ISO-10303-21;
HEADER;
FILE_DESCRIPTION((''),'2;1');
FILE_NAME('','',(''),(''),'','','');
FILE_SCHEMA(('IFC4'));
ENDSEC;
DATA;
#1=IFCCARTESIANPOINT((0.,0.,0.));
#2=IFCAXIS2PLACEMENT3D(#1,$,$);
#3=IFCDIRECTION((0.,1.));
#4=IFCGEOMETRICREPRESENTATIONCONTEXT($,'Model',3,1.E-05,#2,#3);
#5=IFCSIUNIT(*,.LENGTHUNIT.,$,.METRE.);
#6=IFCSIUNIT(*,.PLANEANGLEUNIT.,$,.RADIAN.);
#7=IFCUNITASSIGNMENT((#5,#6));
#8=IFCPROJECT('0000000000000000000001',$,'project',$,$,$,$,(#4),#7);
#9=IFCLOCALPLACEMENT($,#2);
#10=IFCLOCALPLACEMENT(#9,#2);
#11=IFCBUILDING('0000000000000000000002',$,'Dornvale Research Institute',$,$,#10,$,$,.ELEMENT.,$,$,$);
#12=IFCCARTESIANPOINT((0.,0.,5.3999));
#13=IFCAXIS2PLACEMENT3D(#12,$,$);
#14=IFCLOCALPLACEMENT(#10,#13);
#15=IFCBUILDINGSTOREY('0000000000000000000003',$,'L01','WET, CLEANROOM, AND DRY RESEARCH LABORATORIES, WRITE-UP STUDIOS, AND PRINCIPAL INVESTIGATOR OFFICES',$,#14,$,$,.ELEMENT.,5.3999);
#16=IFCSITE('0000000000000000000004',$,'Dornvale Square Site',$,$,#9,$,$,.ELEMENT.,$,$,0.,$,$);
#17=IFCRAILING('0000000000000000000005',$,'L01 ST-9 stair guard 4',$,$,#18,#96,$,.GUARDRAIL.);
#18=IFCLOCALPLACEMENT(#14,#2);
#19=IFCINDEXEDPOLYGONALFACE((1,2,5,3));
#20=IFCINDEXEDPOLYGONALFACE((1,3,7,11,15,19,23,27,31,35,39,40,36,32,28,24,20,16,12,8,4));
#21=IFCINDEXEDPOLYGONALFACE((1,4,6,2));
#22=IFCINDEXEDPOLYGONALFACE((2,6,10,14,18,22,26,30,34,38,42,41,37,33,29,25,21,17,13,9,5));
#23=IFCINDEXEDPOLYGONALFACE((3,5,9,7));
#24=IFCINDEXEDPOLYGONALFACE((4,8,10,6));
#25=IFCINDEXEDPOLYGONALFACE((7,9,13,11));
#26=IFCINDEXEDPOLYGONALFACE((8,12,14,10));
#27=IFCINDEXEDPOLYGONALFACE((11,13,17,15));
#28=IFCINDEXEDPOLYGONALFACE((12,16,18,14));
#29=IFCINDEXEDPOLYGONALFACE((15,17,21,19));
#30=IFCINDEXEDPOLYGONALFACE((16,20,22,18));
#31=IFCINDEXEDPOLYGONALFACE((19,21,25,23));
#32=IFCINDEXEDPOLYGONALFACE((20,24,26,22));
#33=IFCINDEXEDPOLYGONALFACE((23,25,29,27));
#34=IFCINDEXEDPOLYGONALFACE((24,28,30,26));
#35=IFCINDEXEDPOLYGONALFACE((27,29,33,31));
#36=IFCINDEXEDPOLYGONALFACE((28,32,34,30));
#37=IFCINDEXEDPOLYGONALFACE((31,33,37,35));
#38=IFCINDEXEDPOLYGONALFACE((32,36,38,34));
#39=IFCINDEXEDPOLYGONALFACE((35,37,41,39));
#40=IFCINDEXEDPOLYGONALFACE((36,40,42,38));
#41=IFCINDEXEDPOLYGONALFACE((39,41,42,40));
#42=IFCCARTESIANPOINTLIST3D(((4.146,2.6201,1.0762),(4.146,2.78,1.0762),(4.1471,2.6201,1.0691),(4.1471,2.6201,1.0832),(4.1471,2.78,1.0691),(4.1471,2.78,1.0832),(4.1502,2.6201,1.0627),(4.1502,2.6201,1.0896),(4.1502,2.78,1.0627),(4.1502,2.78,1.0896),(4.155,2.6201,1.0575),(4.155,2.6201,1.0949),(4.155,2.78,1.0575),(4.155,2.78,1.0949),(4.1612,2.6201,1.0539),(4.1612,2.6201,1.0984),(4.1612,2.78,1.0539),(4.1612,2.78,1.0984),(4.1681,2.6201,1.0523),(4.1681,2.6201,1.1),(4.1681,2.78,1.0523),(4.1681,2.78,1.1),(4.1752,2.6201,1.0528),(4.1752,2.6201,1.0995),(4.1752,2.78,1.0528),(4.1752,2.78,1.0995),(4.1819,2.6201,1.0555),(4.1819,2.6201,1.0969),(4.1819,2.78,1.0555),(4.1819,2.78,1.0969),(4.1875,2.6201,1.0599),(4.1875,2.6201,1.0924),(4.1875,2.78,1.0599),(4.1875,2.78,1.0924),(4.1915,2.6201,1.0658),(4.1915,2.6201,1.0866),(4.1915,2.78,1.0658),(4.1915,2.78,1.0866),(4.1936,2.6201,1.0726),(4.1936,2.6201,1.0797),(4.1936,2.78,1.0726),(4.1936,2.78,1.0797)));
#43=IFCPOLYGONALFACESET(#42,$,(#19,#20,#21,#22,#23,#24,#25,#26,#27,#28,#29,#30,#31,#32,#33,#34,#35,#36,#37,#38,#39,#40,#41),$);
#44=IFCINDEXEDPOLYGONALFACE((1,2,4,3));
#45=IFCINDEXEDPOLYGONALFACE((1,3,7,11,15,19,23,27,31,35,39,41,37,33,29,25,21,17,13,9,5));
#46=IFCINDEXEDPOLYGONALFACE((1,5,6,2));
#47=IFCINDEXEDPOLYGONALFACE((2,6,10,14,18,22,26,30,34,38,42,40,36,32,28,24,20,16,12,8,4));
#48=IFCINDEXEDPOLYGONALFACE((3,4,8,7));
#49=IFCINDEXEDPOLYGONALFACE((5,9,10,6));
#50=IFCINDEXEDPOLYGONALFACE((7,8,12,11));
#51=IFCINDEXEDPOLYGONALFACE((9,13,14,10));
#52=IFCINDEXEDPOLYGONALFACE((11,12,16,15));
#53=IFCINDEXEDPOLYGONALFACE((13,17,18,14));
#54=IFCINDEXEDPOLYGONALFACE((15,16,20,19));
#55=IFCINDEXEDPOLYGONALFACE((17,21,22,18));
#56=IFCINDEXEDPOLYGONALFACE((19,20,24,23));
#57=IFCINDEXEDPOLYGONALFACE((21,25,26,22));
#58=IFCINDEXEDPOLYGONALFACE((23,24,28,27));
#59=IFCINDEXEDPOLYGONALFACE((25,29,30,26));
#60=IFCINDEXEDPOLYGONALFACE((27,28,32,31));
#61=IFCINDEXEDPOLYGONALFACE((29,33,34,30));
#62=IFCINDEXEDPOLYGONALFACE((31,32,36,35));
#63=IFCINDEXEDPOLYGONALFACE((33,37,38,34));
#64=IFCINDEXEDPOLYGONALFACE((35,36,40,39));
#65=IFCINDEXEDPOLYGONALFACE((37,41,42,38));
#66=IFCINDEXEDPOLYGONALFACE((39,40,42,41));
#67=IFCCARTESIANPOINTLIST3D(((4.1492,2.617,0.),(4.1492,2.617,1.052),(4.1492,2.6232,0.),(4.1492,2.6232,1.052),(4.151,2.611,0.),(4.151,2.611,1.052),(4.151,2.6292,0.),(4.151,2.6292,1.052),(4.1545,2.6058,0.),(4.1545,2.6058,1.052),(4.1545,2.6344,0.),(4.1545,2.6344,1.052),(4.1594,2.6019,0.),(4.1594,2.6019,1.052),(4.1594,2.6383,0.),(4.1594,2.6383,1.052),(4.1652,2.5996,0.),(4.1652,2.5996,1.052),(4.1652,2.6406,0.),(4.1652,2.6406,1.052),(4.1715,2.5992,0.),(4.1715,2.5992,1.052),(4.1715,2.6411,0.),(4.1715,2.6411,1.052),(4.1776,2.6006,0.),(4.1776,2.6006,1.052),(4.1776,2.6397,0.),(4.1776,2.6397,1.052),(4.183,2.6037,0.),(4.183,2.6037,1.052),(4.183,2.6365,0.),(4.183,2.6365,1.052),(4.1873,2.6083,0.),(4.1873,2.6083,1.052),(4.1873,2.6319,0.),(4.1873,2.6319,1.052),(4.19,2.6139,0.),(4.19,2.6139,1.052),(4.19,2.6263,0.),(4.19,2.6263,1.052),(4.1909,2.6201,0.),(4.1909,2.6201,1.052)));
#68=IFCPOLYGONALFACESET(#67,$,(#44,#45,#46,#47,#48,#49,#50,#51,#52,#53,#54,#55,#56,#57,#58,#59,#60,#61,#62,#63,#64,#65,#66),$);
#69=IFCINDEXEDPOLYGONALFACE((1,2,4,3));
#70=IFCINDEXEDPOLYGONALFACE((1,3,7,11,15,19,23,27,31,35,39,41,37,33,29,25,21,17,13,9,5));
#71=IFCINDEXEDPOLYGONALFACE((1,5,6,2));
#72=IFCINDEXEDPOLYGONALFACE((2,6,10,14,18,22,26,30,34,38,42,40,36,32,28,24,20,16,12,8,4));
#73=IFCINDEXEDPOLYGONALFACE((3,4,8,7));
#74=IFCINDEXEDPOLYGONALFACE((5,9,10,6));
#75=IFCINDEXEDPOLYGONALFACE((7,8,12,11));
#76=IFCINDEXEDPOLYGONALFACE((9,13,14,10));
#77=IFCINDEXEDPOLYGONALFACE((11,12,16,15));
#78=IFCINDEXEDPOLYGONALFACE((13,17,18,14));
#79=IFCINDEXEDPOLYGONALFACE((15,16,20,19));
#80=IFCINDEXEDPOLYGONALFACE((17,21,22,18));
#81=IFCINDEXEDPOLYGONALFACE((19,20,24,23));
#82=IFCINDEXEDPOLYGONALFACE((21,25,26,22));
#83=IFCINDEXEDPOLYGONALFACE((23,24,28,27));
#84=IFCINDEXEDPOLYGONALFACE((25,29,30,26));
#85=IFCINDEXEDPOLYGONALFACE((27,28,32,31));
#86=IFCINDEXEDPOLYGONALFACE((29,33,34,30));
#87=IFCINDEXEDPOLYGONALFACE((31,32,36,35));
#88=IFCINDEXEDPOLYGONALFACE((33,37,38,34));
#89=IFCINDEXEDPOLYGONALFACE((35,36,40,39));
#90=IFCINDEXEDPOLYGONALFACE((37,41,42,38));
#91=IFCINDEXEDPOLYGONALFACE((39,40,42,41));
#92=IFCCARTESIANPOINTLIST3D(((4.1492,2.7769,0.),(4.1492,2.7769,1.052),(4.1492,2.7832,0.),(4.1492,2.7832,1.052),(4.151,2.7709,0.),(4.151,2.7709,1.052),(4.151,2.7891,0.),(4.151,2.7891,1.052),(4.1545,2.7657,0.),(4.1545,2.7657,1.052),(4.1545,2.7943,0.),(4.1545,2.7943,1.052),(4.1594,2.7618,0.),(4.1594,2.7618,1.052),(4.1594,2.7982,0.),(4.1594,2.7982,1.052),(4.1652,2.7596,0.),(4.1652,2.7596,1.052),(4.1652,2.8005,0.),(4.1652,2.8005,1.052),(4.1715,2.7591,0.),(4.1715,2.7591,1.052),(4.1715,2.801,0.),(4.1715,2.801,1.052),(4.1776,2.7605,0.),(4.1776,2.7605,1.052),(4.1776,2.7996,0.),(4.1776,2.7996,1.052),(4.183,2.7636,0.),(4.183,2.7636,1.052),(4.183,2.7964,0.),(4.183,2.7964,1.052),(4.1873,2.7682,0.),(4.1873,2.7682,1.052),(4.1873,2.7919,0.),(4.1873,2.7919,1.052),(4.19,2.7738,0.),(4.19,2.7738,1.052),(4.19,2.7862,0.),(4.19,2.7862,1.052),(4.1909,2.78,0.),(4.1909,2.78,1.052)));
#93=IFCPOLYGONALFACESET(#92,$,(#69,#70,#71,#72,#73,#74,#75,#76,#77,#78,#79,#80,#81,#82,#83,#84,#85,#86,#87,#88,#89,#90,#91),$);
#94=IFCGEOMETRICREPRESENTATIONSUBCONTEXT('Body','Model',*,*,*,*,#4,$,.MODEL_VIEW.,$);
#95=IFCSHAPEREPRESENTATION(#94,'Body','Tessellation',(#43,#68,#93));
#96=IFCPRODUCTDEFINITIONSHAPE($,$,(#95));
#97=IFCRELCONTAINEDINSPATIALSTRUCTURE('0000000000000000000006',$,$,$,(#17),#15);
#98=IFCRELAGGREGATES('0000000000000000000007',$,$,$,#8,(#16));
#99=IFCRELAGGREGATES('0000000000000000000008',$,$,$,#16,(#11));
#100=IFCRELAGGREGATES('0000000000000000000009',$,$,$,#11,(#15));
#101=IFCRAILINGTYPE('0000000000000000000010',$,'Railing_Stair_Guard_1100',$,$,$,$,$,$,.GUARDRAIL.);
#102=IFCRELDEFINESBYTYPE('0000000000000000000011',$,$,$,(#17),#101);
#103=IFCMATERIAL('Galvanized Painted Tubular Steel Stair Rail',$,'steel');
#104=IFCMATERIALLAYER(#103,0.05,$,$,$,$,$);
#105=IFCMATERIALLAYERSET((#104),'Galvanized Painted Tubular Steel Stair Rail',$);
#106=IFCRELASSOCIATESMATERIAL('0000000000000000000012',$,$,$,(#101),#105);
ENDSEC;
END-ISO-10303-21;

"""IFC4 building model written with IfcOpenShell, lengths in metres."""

from ifc_helpers import new_model, si_unit, direction, frame, origin, origin_2d, place, context, subcontext, project, spatial, circle, extrude, material, layer, layer_set, type_object, element, save


model = new_model("IFC4")

# Units and contexts
model_context = context("Model", 3, precision=1e-05, world=origin(), true_north=direction((0.0, 1.0)))
body_context = subcontext(model_context, "Body", "Model", "MODEL_VIEW")
ifc_project = project(units=[si_unit("LENGTHUNIT", "METRE"), si_unit("PLANEANGLEUNIT", "RADIAN")], contexts=[model_context])

# Site, building, storey
site_placement = place(None, origin())
site = spatial("IfcSite", under=ifc_project, at=site_placement, Name="Dornvale Square Site", CompositionType="ELEMENT", RefElevation=0.0)
building_placement = place(site_placement, origin())
building = spatial("IfcBuilding", under=site, at=building_placement, Name="Dornvale Research Institute", CompositionType="ELEMENT")
storey_placement = place(building_placement, frame((0.0, 0.0, 5.3999)))
storey = spatial("IfcBuildingStorey", under=building, at=storey_placement, Name="L01", Description="WET, CLEANROOM, AND DRY RESEARCH LABORATORIES, WRITE-UP STUDIOS, AND PRINCIPAL INVESTIGATOR OFFICES", CompositionType="ELEMENT", Elevation=5.3999)

# Railing
ifc_material_1 = material(Name="Galvanized Painted Tubular Steel Stair Rail", Category="steel")
ifc_layer_1 = layer(ifc_material_1, 0.05)
ifc_layer_set_1 = layer_set([ifc_layer_1], Name="Galvanized Painted Tubular Steel Stair Rail")
railing_type_1 = type_object("IfcRailingType", Name="Railing_Stair_Guard_1100", PredefinedType="GUARDRAIL", material=ifc_layer_set_1)
railing_1_placement = place(storey_placement, frame((4.1699, 2.6201, 0.0)))
element("IfcRailing", 1, at=railing_1_placement, inside=storey, type_object=railing_type_1, Name="L01 ST-9 stair guard 4", PredefinedType="GUARDRAIL", context=body_context, shape_type="SweptSolid", body=[
    extrude(circle(Radius=0.0239, at=origin_2d()), frame((0.0, 0.0, 1.0762), z_axis=(0.0, 1.0, 0.0), x_axis=(-1.0, 0.0, 0.0)), (0.0, 0.0, 1.0), 0.1599),
    extrude(circle(Radius=0.021, at=origin_2d()), origin(), (0.0, 0.0, 1.0), 1.052),
    extrude(circle(Radius=0.021, at=origin_2d()), frame((0.0, 0.1599, 0.0)), (0.0, 0.0, 1.0), 1.052),
])

save(model, "model.ifc")
